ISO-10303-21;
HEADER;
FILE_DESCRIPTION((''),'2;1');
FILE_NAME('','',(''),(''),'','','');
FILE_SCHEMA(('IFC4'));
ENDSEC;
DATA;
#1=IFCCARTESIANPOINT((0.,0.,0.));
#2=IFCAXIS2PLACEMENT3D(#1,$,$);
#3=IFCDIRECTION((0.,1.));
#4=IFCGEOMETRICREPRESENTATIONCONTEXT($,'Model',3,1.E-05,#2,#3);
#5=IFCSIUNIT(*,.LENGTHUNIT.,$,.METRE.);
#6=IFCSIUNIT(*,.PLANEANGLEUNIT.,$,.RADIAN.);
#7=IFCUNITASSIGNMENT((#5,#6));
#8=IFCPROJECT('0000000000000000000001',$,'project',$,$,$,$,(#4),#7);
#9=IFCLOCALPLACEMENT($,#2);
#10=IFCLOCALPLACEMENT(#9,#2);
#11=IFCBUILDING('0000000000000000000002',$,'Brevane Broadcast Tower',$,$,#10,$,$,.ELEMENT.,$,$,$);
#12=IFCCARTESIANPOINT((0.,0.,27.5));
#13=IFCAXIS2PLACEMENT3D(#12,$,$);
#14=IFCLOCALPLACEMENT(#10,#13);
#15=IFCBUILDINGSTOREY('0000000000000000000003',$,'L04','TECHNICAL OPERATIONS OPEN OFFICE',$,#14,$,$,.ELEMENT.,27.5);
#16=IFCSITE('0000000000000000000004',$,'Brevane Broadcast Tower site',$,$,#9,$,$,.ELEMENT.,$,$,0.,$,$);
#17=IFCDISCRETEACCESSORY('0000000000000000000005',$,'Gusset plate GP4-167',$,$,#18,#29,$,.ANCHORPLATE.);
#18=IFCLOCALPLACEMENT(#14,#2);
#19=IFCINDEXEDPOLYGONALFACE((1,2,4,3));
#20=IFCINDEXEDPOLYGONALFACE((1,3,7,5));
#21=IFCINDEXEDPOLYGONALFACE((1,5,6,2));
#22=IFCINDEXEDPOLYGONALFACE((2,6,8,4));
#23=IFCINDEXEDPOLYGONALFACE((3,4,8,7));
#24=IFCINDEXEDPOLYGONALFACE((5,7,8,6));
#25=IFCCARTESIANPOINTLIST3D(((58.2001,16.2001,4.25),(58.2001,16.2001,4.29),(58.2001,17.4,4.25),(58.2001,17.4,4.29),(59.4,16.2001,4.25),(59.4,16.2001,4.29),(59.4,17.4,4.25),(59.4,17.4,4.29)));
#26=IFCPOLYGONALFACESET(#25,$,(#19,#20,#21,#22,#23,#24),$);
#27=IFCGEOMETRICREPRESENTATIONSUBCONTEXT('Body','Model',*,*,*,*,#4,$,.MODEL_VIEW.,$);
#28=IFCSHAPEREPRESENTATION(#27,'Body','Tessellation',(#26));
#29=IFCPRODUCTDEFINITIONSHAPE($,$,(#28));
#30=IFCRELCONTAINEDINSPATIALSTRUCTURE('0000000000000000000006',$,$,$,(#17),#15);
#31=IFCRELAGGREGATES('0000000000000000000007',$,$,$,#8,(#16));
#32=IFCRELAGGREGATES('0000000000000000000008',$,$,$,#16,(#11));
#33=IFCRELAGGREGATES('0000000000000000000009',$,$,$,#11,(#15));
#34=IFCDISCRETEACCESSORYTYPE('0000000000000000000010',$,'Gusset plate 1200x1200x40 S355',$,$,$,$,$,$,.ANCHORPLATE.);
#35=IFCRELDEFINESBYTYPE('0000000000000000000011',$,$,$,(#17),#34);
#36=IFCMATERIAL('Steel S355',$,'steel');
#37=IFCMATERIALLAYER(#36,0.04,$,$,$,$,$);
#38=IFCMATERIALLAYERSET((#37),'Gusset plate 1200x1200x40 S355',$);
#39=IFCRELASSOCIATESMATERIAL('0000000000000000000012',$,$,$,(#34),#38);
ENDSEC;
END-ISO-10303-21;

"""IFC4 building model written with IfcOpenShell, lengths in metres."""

from ifc_helpers import new_model, si_unit, direction, frame, origin, origin_2d, place, context, subcontext, project, spatial, rectangle, extrude, material, layer, layer_set, type_object, element, save


model = new_model("IFC4")

# Units and contexts
model_context = context("Model", 3, precision=1e-05, world=origin(), true_north=direction((0.0, 1.0)))
body_context = subcontext(model_context, "Body", "Model", "MODEL_VIEW")
ifc_project = project(units=[si_unit("LENGTHUNIT", "METRE"), si_unit("PLANEANGLEUNIT", "RADIAN")], contexts=[model_context])

# Site, building, storey
site_placement = place(None, origin())
site = spatial("IfcSite", under=ifc_project, at=site_placement, Name="Brevane Broadcast Tower site", CompositionType="ELEMENT", RefElevation=0.0)
building_placement = place(site_placement, origin())
building = spatial("IfcBuilding", under=site, at=building_placement, Name="Brevane Broadcast Tower", CompositionType="ELEMENT")
storey_placement = place(building_placement, frame((0.0, 0.0, 27.5)))
storey = spatial("IfcBuildingStorey", under=building, at=storey_placement, Name="L04", Description="TECHNICAL OPERATIONS OPEN OFFICE", CompositionType="ELEMENT", Elevation=27.5)

# Shared definitions
ifc_material_1 = material(Name="Steel S355", Category="steel")

# Discrete accessory
ifc_layer_1 = layer(ifc_material_1, 0.04)
ifc_layer_set_1 = layer_set([ifc_layer_1], Name="Gusset plate 1200x1200x40 S355")
discrete_accessory_type = type_object("IfcDiscreteAccessoryType", Name="Gusset plate 1200x1200x40 S355", PredefinedType="ANCHORPLATE", material=ifc_layer_set_1)
for number, where, z_axis, x_axis, name in (
    (1, (58.8, 16.8, 4.25), (0.0, 0.0, 1.0), (1.0, 0.0, 0.0), "Gusset plate GP4-167"),
):
    element("IfcDiscreteAccessory", number, at=place(storey_placement, frame(where, z_axis=z_axis, x_axis=x_axis)), inside=storey, type_object=discrete_accessory_type, Name=name, PredefinedType="ANCHORPLATE", context=body_context, shape_type="SweptSolid", body=[
        extrude(rectangle(XDim=1.2, YDim=1.2, at=origin_2d()), origin(), (0.0, 0.0, 1.0), 0.04),
    ])

save(model, "model.ifc")
